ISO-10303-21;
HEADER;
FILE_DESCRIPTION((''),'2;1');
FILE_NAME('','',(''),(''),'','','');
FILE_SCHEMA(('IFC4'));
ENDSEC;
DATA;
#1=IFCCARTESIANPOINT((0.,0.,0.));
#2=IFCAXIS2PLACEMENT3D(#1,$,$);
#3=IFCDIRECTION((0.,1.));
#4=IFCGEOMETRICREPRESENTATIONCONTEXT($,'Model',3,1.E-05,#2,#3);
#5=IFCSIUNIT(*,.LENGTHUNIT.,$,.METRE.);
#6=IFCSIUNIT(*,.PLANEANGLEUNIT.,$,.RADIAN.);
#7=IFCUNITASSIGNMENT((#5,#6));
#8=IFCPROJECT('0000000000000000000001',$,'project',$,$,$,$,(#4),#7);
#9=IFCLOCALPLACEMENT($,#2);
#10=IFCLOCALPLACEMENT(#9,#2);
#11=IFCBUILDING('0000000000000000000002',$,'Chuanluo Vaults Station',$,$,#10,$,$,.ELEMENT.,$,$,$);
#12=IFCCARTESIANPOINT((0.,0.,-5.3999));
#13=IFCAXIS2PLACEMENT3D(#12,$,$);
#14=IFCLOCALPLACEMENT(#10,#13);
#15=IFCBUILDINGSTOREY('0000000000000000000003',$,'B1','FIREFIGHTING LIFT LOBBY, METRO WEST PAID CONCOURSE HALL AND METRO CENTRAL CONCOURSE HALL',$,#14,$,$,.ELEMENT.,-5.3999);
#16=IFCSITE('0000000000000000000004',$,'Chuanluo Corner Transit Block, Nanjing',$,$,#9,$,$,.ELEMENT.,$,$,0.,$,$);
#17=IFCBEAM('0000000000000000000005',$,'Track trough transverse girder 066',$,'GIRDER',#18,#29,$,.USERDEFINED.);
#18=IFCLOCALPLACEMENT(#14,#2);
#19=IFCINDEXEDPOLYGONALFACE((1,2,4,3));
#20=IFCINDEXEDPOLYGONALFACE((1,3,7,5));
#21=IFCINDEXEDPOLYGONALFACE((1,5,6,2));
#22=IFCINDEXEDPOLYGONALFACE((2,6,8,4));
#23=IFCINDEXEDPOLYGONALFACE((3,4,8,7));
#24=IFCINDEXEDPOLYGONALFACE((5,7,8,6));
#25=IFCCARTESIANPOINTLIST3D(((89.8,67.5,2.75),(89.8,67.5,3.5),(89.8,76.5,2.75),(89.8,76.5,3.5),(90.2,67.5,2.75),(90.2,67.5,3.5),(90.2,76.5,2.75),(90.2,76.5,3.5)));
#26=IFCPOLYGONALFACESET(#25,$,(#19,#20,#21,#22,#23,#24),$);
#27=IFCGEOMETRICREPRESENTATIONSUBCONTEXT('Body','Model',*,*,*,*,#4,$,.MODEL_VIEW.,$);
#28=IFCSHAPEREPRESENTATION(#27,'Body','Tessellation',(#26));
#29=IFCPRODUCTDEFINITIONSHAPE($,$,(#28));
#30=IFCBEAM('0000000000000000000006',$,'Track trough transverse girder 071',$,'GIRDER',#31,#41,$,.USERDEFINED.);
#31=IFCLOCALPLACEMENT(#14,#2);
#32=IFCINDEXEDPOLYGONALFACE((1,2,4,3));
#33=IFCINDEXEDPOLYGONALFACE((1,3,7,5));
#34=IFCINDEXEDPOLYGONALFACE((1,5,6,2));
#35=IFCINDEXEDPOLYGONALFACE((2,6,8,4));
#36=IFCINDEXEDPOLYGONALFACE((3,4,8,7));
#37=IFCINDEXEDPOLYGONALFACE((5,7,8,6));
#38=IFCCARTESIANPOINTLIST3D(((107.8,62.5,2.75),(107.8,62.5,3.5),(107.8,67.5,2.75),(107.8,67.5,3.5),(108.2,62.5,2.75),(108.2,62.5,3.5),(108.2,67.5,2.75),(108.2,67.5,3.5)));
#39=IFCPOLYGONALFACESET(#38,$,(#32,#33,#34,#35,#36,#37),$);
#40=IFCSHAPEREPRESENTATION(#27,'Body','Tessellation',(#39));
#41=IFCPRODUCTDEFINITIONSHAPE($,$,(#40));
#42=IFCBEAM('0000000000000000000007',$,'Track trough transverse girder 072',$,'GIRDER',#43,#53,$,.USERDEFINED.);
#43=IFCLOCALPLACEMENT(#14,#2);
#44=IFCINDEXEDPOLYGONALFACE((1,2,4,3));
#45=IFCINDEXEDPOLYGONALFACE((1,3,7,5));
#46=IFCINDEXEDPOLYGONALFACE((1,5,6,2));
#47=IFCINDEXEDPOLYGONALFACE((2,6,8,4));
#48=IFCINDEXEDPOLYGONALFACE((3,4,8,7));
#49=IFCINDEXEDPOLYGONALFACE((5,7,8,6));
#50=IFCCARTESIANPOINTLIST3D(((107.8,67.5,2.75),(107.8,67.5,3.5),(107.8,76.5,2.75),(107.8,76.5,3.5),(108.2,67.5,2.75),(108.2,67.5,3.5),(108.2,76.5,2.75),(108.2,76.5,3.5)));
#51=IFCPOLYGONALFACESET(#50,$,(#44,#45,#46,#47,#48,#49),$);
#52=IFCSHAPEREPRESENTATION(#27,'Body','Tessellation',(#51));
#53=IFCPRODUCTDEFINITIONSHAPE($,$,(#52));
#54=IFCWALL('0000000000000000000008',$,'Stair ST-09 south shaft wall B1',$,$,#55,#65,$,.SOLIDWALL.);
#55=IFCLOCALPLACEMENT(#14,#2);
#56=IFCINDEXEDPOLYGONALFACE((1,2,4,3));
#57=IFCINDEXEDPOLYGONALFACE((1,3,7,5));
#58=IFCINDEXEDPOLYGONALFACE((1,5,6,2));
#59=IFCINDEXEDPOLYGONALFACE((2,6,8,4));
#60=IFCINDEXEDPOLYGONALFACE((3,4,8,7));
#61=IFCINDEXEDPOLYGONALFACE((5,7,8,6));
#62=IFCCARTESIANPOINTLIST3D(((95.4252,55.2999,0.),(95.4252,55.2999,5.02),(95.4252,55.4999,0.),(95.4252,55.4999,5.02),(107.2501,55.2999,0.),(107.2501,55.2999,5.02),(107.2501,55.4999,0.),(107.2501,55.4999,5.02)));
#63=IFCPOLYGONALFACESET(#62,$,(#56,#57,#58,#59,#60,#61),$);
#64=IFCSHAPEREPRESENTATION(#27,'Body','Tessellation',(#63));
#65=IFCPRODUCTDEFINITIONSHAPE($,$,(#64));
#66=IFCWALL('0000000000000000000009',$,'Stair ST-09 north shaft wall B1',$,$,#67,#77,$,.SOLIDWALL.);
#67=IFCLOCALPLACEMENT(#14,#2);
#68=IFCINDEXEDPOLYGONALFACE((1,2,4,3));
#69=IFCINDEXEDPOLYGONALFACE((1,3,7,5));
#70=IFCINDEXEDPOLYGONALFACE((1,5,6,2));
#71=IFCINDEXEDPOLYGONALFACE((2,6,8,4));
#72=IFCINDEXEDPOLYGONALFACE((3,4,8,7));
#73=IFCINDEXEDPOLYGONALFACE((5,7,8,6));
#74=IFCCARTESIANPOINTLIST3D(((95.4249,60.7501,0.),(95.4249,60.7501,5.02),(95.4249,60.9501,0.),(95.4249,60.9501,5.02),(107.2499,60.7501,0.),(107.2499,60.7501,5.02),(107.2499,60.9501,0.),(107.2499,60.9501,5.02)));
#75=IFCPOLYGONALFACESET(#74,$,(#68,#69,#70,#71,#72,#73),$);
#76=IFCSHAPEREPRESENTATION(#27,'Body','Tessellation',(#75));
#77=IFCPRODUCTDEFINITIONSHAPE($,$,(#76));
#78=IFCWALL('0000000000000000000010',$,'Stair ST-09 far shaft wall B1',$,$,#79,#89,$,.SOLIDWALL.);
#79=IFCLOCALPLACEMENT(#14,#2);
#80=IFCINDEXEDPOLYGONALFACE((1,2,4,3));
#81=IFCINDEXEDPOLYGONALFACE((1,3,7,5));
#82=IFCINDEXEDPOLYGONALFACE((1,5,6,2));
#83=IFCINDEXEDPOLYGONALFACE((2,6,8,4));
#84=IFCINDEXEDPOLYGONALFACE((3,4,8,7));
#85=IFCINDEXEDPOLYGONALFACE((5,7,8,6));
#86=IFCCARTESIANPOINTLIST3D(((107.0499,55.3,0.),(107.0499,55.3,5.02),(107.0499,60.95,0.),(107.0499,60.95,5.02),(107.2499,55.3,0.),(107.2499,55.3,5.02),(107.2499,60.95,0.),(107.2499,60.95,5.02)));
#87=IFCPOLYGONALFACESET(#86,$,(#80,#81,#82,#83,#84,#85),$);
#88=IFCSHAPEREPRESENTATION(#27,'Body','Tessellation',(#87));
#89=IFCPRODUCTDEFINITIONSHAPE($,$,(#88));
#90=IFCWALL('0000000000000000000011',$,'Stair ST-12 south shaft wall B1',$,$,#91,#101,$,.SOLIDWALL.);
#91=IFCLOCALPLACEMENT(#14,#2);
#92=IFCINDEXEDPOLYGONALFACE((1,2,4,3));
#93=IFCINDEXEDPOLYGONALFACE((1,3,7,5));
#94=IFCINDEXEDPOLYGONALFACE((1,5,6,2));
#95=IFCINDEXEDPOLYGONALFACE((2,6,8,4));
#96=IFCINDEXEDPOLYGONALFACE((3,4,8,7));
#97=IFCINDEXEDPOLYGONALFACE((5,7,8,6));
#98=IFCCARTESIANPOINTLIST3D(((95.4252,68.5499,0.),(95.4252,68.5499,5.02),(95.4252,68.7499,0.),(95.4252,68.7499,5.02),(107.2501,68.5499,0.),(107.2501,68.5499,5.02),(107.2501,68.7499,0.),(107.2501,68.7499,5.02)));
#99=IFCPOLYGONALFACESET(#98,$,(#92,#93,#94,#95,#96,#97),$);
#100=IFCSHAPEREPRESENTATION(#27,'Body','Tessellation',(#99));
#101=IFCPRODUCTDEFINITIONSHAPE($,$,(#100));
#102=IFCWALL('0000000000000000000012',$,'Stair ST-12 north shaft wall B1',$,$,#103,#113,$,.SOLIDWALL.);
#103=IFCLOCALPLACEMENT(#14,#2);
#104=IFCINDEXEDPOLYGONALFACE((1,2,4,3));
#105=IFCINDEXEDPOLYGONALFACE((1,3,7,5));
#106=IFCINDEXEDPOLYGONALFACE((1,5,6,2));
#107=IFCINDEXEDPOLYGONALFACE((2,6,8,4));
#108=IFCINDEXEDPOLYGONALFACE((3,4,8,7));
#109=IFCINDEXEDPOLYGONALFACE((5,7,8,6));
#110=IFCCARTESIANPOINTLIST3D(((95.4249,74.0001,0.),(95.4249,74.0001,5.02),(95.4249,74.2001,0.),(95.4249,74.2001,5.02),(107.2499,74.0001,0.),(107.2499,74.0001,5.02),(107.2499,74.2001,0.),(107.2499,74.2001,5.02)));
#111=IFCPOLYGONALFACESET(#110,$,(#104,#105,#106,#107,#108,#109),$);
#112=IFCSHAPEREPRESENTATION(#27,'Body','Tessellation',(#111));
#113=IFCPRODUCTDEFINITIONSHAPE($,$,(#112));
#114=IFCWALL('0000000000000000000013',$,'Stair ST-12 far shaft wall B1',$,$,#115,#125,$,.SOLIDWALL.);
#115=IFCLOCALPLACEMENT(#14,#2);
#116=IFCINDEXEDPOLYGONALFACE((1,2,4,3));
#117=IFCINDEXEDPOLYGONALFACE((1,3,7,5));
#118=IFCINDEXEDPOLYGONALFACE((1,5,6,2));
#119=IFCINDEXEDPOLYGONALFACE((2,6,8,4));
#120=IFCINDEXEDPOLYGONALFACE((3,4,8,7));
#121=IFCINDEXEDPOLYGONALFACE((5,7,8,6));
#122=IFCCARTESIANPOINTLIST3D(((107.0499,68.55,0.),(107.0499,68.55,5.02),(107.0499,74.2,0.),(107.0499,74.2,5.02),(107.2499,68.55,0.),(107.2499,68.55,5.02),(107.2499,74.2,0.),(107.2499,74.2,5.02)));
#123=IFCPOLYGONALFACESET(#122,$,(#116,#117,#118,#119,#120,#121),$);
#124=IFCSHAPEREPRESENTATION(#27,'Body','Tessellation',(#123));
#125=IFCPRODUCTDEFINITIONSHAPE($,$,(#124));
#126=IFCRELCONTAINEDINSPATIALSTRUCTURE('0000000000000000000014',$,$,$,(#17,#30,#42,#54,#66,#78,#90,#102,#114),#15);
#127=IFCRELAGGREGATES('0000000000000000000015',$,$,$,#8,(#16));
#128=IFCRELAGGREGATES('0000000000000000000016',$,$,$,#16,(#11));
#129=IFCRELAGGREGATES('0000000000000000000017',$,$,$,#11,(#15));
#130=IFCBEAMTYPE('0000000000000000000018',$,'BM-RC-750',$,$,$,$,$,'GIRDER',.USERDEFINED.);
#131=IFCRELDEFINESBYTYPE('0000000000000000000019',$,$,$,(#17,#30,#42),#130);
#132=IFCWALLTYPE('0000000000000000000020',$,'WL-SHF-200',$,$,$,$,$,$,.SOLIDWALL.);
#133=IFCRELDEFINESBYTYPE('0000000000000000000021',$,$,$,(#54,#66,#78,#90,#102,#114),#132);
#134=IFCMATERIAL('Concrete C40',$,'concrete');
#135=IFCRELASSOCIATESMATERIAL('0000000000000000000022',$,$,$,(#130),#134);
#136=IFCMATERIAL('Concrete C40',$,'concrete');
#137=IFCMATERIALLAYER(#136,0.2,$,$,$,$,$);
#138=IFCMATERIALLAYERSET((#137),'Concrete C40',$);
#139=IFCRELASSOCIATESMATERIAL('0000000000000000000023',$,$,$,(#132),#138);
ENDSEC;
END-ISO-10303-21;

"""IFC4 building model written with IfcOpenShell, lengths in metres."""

from ifc_helpers import new_model, si_unit, direction, frame, frame_2d, origin, origin_2d, place, context, subcontext, project, spatial, rectangle, extrude, material, layer, layer_set, material_profile, profile_set, type_object, element, save


model = new_model("IFC4")

# Units and contexts
model_context = context("Model", 3, precision=1e-05, world=origin(), true_north=direction((0.0, 1.0)))
body_context = subcontext(model_context, "Body", "Model", "MODEL_VIEW")
ifc_project = project(units=[si_unit("LENGTHUNIT", "METRE"), si_unit("PLANEANGLEUNIT", "RADIAN")], contexts=[model_context])

# Site, building, storey
site_placement = place(None, origin())
site = spatial("IfcSite", under=ifc_project, at=site_placement, Name="Chuanluo Corner Transit Block, Nanjing", CompositionType="ELEMENT", RefElevation=0.0)
building_placement = place(site_placement, origin())
building = spatial("IfcBuilding", under=site, at=building_placement, Name="Chuanluo Vaults Station", CompositionType="ELEMENT")
storey_placement = place(building_placement, frame((0.0, 0.0, -5.3999)))
storey = spatial("IfcBuildingStorey", under=building, at=storey_placement, Name="B1", Description="FIREFIGHTING LIFT LOBBY, METRO WEST PAID CONCOURSE HALL AND METRO CENTRAL CONCOURSE HALL", CompositionType="ELEMENT", Elevation=-5.3999)

# Beams
ifc_material_1 = material(Name="Concrete C40", Category="concrete")
ifc_material_profile_1 = material_profile(ifc_material_1, rectangle(XDim=0.3999, YDim=0.75, at=origin_2d()))
ifc_profile_set_1 = profile_set([ifc_material_profile_1], Name="Concrete C40")
beam_type = type_object("IfcBeamType", Name="BM-RC-750", ElementType="GIRDER", PredefinedType="USERDEFINED", material=ifc_profile_set_1)
beam_1_placement = place(storey_placement, frame((90.0, 67.5, 3.125), z_axis=(0.0, 1.0, 0.0), x_axis=(-1.0, 0.0, 0.0)))
element("IfcBeam", 1, at=beam_1_placement, inside=storey, type_object=beam_type, Name="Track trough transverse girder 066", ObjectType="GIRDER", PredefinedType="USERDEFINED", context=body_context, shape_type="SweptSolid", body=[
    extrude(rectangle(XDim=0.3999, YDim=0.75, at=origin_2d()), origin(), (0.0, 0.0, 1.0), 9.0),
])
beam_2_placement = place(storey_placement, frame((108.0, 62.5, 3.125), z_axis=(0.0, 1.0, 0.0), x_axis=(-1.0, 0.0, 0.0)))
element("IfcBeam", 2, at=beam_2_placement, inside=storey, type_object=beam_type, Name="Track trough transverse girder 071", ObjectType="GIRDER", PredefinedType="USERDEFINED", context=body_context, shape_type="SweptSolid", body=[
    extrude(rectangle(XDim=0.3999, YDim=0.75, at=origin_2d()), origin(), (0.0, 0.0, 1.0), 5.0),
])
beam_3_placement = place(storey_placement, frame((108.0, 67.5, 3.125), z_axis=(0.0, 1.0, 0.0), x_axis=(-1.0, 0.0, 0.0)))
element("IfcBeam", 3, at=beam_3_placement, inside=storey, type_object=beam_type, Name="Track trough transverse girder 072", ObjectType="GIRDER", PredefinedType="USERDEFINED", context=body_context, shape_type="SweptSolid", body=[
    extrude(rectangle(XDim=0.3999, YDim=0.75, at=origin_2d()), origin(), (0.0, 0.0, 1.0), 9.0),
])

# Walls
ifc_material_2 = material(Name="Concrete C40", Category="concrete")
ifc_layer = layer(ifc_material_2, 0.2)
ifc_layer_set = layer_set([ifc_layer], Name="Concrete C40")
wall_type = type_object("IfcWallType", Name="WL-SHF-200", PredefinedType="SOLIDWALL", material=ifc_layer_set)
for number, where, z_axis, x_axis, name in (
    (4, (95.425, 55.3999, 0.0), (0.0, 0.0, 1.0), (1.0, 0.0, 0.0), "Stair ST-09 south shaft wall B1"),
    (5, (107.25, 60.8501, 0.0), (0.0, 0.0, 1.0), (-1.0, 0.0, 0.0), "Stair ST-09 north shaft wall B1"),
):
    element("IfcWall", number, at=place(storey_placement, frame(where, z_axis=z_axis, x_axis=x_axis)), inside=storey, type_object=wall_type, Name=name, PredefinedType="SOLIDWALL", context=body_context, shape_type="SweptSolid", body=[
        extrude(rectangle(XDim=11.825, YDim=0.2, at=frame_2d((5.9126, 0.0))), origin(), (0.0, 0.0, 1.0), 5.02),
    ])
wall_1_placement = place(storey_placement, frame((107.1499, 55.3, 0.0), z_axis=(0.0, 0.0, 1.0), x_axis=(0.0, 1.0, 0.0)))
element("IfcWall", 6, at=wall_1_placement, inside=storey, type_object=wall_type, Name="Stair ST-09 far shaft wall B1", PredefinedType="SOLIDWALL", context=body_context, shape_type="SweptSolid", body=[
    extrude(rectangle(XDim=5.6499, YDim=0.2, at=frame_2d((2.825, 0.0))), origin(), (0.0, 0.0, 1.0), 5.02),
])
for number, where, z_axis, x_axis, name in (
    (7, (95.425, 68.6499, 0.0), (0.0, 0.0, 1.0), (1.0, 0.0, 0.0), "Stair ST-12 south shaft wall B1"),
    (8, (107.25, 74.1001, 0.0), (0.0, 0.0, 1.0), (-1.0, 0.0, 0.0), "Stair ST-12 north shaft wall B1"),
):
    element("IfcWall", number, at=place(storey_placement, frame(where, z_axis=z_axis, x_axis=x_axis)), inside=storey, type_object=wall_type, Name=name, PredefinedType="SOLIDWALL", context=body_context, shape_type="SweptSolid", body=[
        extrude(rectangle(XDim=11.825, YDim=0.2, at=frame_2d((5.9126, 0.0))), origin(), (0.0, 0.0, 1.0), 5.02),
    ])
wall_2_placement = place(storey_placement, frame((107.1499, 68.55, 0.0), z_axis=(0.0, 0.0, 1.0), x_axis=(0.0, 1.0, 0.0)))
element("IfcWall", 9, at=wall_2_placement, inside=storey, type_object=wall_type, Name="Stair ST-12 far shaft wall B1", PredefinedType="SOLIDWALL", context=body_context, shape_type="SweptSolid", body=[
    extrude(rectangle(XDim=5.6499, YDim=0.2, at=frame_2d((2.825, 0.0))), origin(), (0.0, 0.0, 1.0), 5.02),
])

save(model, "model.ifc")
